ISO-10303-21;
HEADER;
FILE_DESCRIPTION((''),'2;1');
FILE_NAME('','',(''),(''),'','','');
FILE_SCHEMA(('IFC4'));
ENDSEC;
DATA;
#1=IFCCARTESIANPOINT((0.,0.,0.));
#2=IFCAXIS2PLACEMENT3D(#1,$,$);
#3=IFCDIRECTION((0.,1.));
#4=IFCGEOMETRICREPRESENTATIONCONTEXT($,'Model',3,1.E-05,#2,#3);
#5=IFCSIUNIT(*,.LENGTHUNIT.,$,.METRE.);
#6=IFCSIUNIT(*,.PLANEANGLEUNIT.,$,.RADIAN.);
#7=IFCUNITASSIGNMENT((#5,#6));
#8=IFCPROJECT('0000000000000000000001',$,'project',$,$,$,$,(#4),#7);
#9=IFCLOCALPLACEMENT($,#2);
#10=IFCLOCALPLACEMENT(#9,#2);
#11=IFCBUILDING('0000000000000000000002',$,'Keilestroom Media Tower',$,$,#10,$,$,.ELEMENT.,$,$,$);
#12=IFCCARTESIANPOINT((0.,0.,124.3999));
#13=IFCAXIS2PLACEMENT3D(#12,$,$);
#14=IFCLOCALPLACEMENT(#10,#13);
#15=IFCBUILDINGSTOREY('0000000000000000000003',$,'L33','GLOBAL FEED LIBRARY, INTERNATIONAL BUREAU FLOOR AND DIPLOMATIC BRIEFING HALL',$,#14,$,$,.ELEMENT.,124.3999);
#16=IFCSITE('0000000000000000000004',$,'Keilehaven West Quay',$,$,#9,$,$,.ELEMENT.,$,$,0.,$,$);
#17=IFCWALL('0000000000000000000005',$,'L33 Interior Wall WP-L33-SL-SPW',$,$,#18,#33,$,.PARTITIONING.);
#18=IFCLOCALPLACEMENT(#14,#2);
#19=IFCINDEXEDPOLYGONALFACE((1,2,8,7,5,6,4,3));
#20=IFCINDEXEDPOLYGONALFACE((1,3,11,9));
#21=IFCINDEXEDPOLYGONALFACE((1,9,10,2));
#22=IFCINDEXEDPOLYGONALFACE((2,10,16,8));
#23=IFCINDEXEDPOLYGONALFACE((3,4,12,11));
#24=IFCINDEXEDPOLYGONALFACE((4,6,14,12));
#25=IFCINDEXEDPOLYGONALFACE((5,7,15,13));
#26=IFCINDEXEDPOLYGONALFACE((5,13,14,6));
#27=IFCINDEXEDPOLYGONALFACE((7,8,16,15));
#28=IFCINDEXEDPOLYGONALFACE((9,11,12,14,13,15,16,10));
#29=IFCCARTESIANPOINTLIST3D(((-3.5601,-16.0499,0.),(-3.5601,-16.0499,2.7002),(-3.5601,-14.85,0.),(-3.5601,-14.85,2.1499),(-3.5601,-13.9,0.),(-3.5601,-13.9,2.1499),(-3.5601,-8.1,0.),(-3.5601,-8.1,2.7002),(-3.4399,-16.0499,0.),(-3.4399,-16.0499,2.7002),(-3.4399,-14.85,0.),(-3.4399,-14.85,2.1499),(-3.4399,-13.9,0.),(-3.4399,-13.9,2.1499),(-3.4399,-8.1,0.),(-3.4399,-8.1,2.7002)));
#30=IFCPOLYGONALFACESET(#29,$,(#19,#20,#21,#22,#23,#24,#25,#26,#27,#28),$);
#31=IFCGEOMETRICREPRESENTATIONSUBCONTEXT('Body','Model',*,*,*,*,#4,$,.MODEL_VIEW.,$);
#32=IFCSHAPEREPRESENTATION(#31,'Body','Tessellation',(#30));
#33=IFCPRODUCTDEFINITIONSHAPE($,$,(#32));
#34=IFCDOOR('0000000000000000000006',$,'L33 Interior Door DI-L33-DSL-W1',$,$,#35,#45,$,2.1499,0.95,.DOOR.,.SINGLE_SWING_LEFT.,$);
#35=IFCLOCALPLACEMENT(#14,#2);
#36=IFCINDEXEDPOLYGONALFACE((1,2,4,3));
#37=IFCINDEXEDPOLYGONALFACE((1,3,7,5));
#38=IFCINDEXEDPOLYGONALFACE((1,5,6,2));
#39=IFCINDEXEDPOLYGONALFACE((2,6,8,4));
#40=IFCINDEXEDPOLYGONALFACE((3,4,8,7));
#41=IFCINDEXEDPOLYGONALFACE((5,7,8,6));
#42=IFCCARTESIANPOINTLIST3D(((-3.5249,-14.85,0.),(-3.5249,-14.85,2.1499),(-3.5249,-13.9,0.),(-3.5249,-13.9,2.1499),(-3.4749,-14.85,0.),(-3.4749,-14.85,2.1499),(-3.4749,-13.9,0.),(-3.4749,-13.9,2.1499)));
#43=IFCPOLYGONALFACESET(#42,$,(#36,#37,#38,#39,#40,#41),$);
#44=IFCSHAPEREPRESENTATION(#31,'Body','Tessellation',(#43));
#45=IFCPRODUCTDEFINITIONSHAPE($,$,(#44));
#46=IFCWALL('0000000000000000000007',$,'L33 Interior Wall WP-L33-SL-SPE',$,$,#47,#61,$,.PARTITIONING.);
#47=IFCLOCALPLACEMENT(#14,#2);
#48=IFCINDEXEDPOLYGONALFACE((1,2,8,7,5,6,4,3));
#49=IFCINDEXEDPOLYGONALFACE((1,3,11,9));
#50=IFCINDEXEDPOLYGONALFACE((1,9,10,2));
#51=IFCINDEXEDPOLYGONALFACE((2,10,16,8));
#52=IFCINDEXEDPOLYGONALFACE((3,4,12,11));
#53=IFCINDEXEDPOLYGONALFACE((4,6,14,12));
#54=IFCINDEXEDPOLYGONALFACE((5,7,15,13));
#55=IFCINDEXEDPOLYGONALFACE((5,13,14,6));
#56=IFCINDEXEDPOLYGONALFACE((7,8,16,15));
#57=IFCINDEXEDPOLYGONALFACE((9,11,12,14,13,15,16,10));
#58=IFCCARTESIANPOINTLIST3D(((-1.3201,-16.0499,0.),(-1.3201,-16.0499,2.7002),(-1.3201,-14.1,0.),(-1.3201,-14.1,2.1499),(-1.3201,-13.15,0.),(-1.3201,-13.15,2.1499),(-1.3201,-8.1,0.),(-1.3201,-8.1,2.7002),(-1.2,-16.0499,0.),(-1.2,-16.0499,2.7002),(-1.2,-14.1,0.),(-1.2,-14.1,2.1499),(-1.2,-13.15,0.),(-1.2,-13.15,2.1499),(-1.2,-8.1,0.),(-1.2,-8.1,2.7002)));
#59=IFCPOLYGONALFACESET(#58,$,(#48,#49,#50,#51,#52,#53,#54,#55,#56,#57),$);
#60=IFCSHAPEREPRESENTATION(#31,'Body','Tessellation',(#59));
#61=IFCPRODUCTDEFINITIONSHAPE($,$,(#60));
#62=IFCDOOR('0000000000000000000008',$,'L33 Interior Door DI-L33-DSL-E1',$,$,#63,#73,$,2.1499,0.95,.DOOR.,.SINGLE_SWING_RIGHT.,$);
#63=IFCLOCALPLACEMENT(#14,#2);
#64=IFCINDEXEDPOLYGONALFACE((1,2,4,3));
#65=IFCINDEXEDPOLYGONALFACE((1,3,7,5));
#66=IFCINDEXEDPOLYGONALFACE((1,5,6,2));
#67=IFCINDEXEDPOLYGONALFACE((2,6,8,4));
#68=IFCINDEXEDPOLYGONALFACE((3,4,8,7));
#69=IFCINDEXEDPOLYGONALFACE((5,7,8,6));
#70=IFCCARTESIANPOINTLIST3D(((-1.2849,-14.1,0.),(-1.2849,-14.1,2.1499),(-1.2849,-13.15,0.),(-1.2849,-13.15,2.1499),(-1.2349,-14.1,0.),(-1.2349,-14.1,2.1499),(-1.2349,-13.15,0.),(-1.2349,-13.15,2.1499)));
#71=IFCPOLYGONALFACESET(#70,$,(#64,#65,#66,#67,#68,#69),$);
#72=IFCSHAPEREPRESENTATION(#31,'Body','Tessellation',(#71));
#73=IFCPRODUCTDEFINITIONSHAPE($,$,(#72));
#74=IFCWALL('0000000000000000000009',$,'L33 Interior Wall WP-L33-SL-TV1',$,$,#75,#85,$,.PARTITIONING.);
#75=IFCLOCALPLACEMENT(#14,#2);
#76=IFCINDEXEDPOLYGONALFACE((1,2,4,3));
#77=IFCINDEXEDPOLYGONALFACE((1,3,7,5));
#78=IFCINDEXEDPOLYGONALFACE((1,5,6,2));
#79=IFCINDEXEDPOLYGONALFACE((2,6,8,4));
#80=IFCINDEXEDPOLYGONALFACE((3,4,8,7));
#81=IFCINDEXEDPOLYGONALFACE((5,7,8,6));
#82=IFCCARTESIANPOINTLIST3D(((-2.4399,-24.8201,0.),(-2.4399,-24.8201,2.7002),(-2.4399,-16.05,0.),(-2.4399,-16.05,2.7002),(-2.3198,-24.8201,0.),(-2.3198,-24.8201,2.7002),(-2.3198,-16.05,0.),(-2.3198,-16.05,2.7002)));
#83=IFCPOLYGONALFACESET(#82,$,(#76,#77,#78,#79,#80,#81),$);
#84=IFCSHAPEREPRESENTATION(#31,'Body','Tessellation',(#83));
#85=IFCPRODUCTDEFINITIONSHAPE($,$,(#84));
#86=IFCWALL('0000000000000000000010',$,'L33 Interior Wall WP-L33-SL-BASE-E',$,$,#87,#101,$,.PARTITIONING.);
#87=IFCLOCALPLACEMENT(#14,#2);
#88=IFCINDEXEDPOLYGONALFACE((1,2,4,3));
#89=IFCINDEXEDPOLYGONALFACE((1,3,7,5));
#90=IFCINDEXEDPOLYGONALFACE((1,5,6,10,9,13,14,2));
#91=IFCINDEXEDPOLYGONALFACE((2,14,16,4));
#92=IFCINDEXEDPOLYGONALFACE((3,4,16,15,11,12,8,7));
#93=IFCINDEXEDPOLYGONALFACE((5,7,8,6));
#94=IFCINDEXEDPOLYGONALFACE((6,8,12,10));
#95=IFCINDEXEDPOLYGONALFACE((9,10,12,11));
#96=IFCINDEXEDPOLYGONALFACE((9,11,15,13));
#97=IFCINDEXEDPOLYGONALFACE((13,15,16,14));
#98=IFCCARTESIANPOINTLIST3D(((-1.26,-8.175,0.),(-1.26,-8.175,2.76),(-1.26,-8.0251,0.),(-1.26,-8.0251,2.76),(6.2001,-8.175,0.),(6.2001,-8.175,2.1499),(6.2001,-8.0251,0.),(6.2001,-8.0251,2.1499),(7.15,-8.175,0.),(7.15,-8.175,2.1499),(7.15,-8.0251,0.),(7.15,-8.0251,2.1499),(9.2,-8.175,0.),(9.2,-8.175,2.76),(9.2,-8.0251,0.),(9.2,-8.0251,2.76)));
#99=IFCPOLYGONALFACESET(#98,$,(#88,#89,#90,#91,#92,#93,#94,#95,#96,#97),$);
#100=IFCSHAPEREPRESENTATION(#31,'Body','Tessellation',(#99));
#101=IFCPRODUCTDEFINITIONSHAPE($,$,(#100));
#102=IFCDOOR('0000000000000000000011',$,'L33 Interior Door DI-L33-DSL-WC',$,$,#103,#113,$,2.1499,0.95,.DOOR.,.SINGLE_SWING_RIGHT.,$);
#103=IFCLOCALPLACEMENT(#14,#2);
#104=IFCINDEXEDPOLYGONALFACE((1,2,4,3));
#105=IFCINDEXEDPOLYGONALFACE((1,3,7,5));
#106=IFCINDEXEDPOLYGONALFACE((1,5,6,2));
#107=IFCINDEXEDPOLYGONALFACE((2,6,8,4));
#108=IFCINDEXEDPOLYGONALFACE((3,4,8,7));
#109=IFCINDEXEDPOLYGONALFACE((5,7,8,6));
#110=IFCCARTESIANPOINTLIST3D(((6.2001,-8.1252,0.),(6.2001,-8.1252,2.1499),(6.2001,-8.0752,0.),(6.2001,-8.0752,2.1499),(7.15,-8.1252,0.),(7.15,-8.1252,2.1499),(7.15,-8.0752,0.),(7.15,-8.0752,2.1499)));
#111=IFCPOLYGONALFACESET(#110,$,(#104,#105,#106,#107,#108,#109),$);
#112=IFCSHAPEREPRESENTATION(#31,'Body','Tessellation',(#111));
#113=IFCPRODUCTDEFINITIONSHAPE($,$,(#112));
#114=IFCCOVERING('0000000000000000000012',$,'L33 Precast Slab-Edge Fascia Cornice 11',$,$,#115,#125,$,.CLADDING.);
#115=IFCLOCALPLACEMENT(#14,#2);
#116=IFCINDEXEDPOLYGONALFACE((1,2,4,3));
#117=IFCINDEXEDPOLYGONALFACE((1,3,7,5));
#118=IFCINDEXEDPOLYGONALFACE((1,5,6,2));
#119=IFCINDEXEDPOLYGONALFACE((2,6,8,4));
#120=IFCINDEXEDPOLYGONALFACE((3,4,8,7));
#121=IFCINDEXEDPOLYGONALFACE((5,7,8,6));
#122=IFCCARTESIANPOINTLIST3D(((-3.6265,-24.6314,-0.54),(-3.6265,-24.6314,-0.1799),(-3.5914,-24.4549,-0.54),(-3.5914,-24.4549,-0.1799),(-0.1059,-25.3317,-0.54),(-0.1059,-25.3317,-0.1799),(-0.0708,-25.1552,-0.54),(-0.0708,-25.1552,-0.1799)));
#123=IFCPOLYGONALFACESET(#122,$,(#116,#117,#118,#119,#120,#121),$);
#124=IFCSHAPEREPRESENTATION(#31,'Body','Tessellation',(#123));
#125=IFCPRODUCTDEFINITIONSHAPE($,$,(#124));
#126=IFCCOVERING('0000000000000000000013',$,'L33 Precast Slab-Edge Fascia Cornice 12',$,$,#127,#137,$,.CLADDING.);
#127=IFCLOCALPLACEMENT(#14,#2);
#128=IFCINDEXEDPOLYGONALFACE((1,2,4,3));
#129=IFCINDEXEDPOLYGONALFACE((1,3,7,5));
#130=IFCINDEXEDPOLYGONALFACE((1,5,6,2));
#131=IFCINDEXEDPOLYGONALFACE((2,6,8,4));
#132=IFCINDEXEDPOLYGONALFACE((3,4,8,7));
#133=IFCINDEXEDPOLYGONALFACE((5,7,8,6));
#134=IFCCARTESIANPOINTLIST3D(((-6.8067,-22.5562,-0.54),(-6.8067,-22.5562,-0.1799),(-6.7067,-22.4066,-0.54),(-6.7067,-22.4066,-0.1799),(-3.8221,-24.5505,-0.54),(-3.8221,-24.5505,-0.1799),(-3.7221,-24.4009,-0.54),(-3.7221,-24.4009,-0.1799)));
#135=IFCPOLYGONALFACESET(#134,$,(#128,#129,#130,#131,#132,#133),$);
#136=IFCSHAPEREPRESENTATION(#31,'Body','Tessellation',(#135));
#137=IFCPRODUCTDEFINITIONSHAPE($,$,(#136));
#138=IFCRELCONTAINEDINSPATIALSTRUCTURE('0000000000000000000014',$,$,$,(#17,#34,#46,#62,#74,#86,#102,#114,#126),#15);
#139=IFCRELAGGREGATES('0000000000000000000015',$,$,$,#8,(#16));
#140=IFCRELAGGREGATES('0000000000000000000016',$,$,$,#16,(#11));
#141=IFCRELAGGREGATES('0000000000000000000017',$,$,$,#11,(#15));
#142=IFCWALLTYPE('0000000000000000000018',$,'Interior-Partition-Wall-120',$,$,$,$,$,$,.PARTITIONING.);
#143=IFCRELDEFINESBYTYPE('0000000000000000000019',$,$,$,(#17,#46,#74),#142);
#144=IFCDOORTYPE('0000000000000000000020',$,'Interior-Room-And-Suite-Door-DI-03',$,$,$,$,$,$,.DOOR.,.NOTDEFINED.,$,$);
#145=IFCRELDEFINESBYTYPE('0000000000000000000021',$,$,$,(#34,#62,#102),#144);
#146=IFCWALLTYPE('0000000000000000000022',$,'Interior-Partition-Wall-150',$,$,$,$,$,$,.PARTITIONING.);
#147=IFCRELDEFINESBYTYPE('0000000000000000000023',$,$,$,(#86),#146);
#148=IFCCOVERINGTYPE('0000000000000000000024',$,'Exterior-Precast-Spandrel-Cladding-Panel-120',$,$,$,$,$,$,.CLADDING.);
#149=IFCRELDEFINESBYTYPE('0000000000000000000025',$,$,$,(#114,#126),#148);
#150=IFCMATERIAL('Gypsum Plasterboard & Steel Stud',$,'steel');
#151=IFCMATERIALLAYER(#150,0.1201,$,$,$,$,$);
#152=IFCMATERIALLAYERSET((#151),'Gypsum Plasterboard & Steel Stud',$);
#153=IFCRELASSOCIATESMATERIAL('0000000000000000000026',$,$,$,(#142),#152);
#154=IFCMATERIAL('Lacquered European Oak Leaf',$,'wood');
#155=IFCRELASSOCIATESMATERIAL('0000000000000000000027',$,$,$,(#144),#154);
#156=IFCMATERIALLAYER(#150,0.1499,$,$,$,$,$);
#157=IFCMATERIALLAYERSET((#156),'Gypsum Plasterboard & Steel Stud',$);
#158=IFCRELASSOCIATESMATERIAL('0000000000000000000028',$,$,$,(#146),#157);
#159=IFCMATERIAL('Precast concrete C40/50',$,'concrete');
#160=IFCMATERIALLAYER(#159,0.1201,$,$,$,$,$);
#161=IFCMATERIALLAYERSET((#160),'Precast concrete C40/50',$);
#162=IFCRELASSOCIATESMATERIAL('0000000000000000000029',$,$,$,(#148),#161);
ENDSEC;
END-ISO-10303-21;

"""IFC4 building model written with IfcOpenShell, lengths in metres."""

from ifc_helpers import new_model, si_unit, direction, frame, frame_2d, origin, origin_2d, place, context, subcontext, project, spatial, rectangle, extrude, source, transform, mapped, material, layer, layer_set, type_object, element, fill, save


model = new_model("IFC4")

# Units and contexts
model_context = context("Model", 3, precision=1e-05, world=origin(), true_north=direction((0.0, 1.0)))
body_context = subcontext(model_context, "Body", "Model", "MODEL_VIEW")
ifc_project = project(units=[si_unit("LENGTHUNIT", "METRE"), si_unit("PLANEANGLEUNIT", "RADIAN")], contexts=[model_context])

# Site, building, storey
site_placement = place(None, origin())
site = spatial("IfcSite", under=ifc_project, at=site_placement, Name="Keilehaven West Quay", CompositionType="ELEMENT", RefElevation=0.0)
building_placement = place(site_placement, origin())
building = spatial("IfcBuilding", under=site, at=building_placement, Name="Keilestroom Media Tower", CompositionType="ELEMENT")
storey_placement = place(building_placement, frame((0.0, 0.0, 124.3999)))
storey = spatial("IfcBuildingStorey", under=building, at=storey_placement, Name="L33", Description="GLOBAL FEED LIBRARY, INTERNATIONAL BUREAU FLOOR AND DIPLOMATIC BRIEFING HALL", CompositionType="ELEMENT", Elevation=124.3999)

# Shared definitions
ifc_material_1 = material(Name="Precast concrete C40/50", Category="concrete")

# Walls, openings, doors
ifc_material_2 = material(Name="Gypsum Plasterboard & Steel Stud", Category="steel")
ifc_layer_1 = layer(ifc_material_2, 0.1201)
ifc_layer_set_1 = layer_set([ifc_layer_1], Name="Gypsum Plasterboard & Steel Stud")
wall_type_1 = type_object("IfcWallType", Name="Interior-Partition-Wall-120", PredefinedType="PARTITIONING", material=ifc_layer_set_1)
wall_1_placement = place(storey_placement, frame((-3.5, -16.05, 0.0), z_axis=(0.0, 0.0, 1.0), x_axis=(0.0, 1.0, 0.0)))
wall_1 = element("IfcWall", 1, at=wall_1_placement, inside=storey, type_object=wall_type_1, Name="L33 Interior Wall WP-L33-SL-SPW", PredefinedType="PARTITIONING", context=body_context, shape_type="SweptSolid", body=[
    extrude(rectangle(XDim=7.95, YDim=0.1201, at=frame_2d((3.9751, 0.0))), origin(), (0.0, 0.0, 1.0), 2.7002),
])
opening_1_placement = place(wall_1_placement, frame((1.2, 0.0, 0.0)))
opening_1 = element("IfcOpeningElement", 2, at=opening_1_placement, cuts=wall_1, PredefinedType="OPENING", context=body_context, shape_type="SweptSolid", body=[
    extrude(rectangle(XDim=0.95, YDim=2.1499, at=frame_2d((0.4751, 1.075))), frame((0.0, 0.0701, 0.0), z_axis=(0.0, -1.0, 0.0), x_axis=(1.0, 0.0, 0.0)), (0.0, 0.0, 1.0), 0.1401),
])
ifc_material_3 = material(Name="Lacquered European Oak Leaf", Category="wood")
door_type = type_object("IfcDoorType", Name="Interior-Room-And-Suite-Door-DI-03", OperationType="NOTDEFINED", PredefinedType="DOOR", material=ifc_material_3)
shared_shape_1 = source(origin(), body_context, "Body", "SweptSolid", [
    extrude(rectangle(XDim=0.95, YDim=2.1499, at=frame_2d((0.4751, 1.075))), frame((0.0, 0.0249, 0.0), z_axis=(0.0, -1.0, 0.0), x_axis=(1.0, 0.0, 0.0)), (0.0, 0.0, 1.0), 0.05),
])
door_1_placement = place(opening_1_placement, origin())
door_1 = element("IfcDoor", 3, at=door_1_placement, inside=storey, type_object=door_type, Name="L33 Interior Door DI-L33-DSL-W1", OperationType="SINGLE_SWING_LEFT", OverallHeight=2.1499, OverallWidth=0.95, PredefinedType="DOOR", context=body_context, shape_type="MappedRepresentation", body=[
    mapped(shared_shape_1, transform((0.0, 0.0, 0.0), x_axis=(1.0, 0.0, 0.0), y_axis=(0.0, 1.0, 0.0), z_axis=(0.0, 0.0, 1.0), scale=1.0)),
])
fill(opening_1, door_1)
wall_2_placement = place(storey_placement, frame((-1.26, -16.05, 0.0), z_axis=(0.0, 0.0, 1.0), x_axis=(0.0, 1.0, 0.0)))
wall_2 = element("IfcWall", 4, at=wall_2_placement, inside=storey, type_object=wall_type_1, Name="L33 Interior Wall WP-L33-SL-SPE", PredefinedType="PARTITIONING", context=body_context, shape_type="SweptSolid", body=[
    extrude(rectangle(XDim=7.95, YDim=0.1201, at=frame_2d((3.9751, 0.0))), origin(), (0.0, 0.0, 1.0), 2.7002),
])
opening_2_placement = place(wall_2_placement, frame((1.95, 0.0, 0.0)))
opening_2 = element("IfcOpeningElement", 5, at=opening_2_placement, cuts=wall_2, PredefinedType="OPENING", context=body_context, shape_type="SweptSolid", body=[
    extrude(rectangle(XDim=0.95, YDim=2.1499, at=frame_2d((0.4751, 1.075))), frame((0.0, 0.0701, 0.0), z_axis=(0.0, -1.0, 0.0), x_axis=(1.0, 0.0, 0.0)), (0.0, 0.0, 1.0), 0.1401),
])
door_2_placement = place(opening_2_placement, origin())
door_2 = element("IfcDoor", 6, at=door_2_placement, inside=storey, type_object=door_type, Name="L33 Interior Door DI-L33-DSL-E1", OperationType="SINGLE_SWING_RIGHT", OverallHeight=2.1499, OverallWidth=0.95, PredefinedType="DOOR", context=body_context, shape_type="MappedRepresentation", body=[
    mapped(shared_shape_1, transform((0.0, 0.0, 0.0), x_axis=(1.0, 0.0, 0.0), y_axis=(0.0, 1.0, 0.0), z_axis=(0.0, 0.0, 1.0), scale=1.0)),
])
fill(opening_2, door_2)

# Wall
wall_3_placement = place(storey_placement, frame((-2.3799, -24.8201, 0.0), z_axis=(0.0, 0.0, 1.0), x_axis=(0.0, 1.0, 0.0)))
element("IfcWall", 7, at=wall_3_placement, inside=storey, type_object=wall_type_1, Name="L33 Interior Wall WP-L33-SL-TV1", PredefinedType="PARTITIONING", context=body_context, shape_type="SweptSolid", body=[
    extrude(rectangle(XDim=8.77, YDim=0.1201, at=frame_2d((4.385, 0.0))), origin(), (0.0, 0.0, 1.0), 2.7002),
])

# Wall, opening, door
ifc_layer_2 = layer(ifc_material_2, 0.1499)
ifc_layer_set_2 = layer_set([ifc_layer_2], Name="Gypsum Plasterboard & Steel Stud")
wall_type_2 = type_object("IfcWallType", Name="Interior-Partition-Wall-150", PredefinedType="PARTITIONING", material=ifc_layer_set_2)
wall_4_placement = place(storey_placement, frame((-1.26, -8.1001, 0.0), z_axis=(0.0, 0.0, 1.0), x_axis=(1.0, 0.0, 0.0)))
wall_4 = element("IfcWall", 8, at=wall_4_placement, inside=storey, type_object=wall_type_2, Name="L33 Interior Wall WP-L33-SL-BASE-E", PredefinedType="PARTITIONING", context=body_context, shape_type="SweptSolid", body=[
    extrude(rectangle(XDim=10.46, YDim=0.1499, at=frame_2d((5.23, 0.0))), origin(), (0.0, 0.0, 1.0), 2.76),
])
opening_3_placement = place(wall_4_placement, frame((7.46, 0.0, 0.0)))
opening_3 = element("IfcOpeningElement", 9, at=opening_3_placement, cuts=wall_4, PredefinedType="OPENING", context=body_context, shape_type="SweptSolid", body=[
    extrude(rectangle(XDim=0.95, YDim=2.1499, at=frame_2d((0.4751, 1.075))), frame((0.0, 0.085, 0.0), z_axis=(0.0, -1.0, 0.0), x_axis=(1.0, 0.0, 0.0)), (0.0, 0.0, 1.0), 0.1699),
])
door_3_placement = place(opening_3_placement, origin())
door_3 = element("IfcDoor", 10, at=door_3_placement, inside=storey, type_object=door_type, Name="L33 Interior Door DI-L33-DSL-WC", OperationType="SINGLE_SWING_RIGHT", OverallHeight=2.1499, OverallWidth=0.95, PredefinedType="DOOR", context=body_context, shape_type="MappedRepresentation", body=[
    mapped(shared_shape_1, transform((0.0, 0.0, 0.0), x_axis=(1.0, 0.0, 0.0), y_axis=(0.0, 1.0, 0.0), z_axis=(0.0, 0.0, 1.0), scale=1.0)),
])
fill(opening_3, door_3)

# Coverings
ifc_layer_3 = layer(ifc_material_1, 0.1201)
ifc_layer_set_3 = layer_set([ifc_layer_3], Name="Precast concrete C40/50")
covering_type = type_object("IfcCoveringType", Name="Exterior-Precast-Spandrel-Cladding-Panel-120", PredefinedType="CLADDING", material=ifc_layer_set_3)
shared_shape_2 = source(origin(), body_context, "Body", "SweptSolid", [
    extrude(rectangle(XDim=3.5896, YDim=0.1799, at=origin_2d()), origin(), (0.0, 0.0, 1.0), 0.3601),
])
for number, where, z_axis, x_axis, name in (
    (11, (-1.8486, -24.8933, -0.54), (0.0, 0.0, 1.0), (-0.980784, 0.195099, 0.0), "L33 Precast Slab-Edge Fascia Cornice 11"),
    (12, (-5.2644, -23.4785, -0.54), (0.0, 0.0, 1.0), (-0.831467, 0.555575, 0.0), "L33 Precast Slab-Edge Fascia Cornice 12"),
):
    element("IfcCovering", number, at=place(storey_placement, frame(where, z_axis=z_axis, x_axis=x_axis)), inside=storey, type_object=covering_type, Name=name, PredefinedType="CLADDING", context=body_context, shape_type="MappedRepresentation", body=[
        mapped(shared_shape_2, transform((0.0, 0.0, 0.0), x_axis=(1.0, 0.0, 0.0), y_axis=(0.0, 1.0, 0.0), z_axis=(0.0, 0.0, 1.0), scale=1.0)),
    ])

save(model, "model.ifc")
